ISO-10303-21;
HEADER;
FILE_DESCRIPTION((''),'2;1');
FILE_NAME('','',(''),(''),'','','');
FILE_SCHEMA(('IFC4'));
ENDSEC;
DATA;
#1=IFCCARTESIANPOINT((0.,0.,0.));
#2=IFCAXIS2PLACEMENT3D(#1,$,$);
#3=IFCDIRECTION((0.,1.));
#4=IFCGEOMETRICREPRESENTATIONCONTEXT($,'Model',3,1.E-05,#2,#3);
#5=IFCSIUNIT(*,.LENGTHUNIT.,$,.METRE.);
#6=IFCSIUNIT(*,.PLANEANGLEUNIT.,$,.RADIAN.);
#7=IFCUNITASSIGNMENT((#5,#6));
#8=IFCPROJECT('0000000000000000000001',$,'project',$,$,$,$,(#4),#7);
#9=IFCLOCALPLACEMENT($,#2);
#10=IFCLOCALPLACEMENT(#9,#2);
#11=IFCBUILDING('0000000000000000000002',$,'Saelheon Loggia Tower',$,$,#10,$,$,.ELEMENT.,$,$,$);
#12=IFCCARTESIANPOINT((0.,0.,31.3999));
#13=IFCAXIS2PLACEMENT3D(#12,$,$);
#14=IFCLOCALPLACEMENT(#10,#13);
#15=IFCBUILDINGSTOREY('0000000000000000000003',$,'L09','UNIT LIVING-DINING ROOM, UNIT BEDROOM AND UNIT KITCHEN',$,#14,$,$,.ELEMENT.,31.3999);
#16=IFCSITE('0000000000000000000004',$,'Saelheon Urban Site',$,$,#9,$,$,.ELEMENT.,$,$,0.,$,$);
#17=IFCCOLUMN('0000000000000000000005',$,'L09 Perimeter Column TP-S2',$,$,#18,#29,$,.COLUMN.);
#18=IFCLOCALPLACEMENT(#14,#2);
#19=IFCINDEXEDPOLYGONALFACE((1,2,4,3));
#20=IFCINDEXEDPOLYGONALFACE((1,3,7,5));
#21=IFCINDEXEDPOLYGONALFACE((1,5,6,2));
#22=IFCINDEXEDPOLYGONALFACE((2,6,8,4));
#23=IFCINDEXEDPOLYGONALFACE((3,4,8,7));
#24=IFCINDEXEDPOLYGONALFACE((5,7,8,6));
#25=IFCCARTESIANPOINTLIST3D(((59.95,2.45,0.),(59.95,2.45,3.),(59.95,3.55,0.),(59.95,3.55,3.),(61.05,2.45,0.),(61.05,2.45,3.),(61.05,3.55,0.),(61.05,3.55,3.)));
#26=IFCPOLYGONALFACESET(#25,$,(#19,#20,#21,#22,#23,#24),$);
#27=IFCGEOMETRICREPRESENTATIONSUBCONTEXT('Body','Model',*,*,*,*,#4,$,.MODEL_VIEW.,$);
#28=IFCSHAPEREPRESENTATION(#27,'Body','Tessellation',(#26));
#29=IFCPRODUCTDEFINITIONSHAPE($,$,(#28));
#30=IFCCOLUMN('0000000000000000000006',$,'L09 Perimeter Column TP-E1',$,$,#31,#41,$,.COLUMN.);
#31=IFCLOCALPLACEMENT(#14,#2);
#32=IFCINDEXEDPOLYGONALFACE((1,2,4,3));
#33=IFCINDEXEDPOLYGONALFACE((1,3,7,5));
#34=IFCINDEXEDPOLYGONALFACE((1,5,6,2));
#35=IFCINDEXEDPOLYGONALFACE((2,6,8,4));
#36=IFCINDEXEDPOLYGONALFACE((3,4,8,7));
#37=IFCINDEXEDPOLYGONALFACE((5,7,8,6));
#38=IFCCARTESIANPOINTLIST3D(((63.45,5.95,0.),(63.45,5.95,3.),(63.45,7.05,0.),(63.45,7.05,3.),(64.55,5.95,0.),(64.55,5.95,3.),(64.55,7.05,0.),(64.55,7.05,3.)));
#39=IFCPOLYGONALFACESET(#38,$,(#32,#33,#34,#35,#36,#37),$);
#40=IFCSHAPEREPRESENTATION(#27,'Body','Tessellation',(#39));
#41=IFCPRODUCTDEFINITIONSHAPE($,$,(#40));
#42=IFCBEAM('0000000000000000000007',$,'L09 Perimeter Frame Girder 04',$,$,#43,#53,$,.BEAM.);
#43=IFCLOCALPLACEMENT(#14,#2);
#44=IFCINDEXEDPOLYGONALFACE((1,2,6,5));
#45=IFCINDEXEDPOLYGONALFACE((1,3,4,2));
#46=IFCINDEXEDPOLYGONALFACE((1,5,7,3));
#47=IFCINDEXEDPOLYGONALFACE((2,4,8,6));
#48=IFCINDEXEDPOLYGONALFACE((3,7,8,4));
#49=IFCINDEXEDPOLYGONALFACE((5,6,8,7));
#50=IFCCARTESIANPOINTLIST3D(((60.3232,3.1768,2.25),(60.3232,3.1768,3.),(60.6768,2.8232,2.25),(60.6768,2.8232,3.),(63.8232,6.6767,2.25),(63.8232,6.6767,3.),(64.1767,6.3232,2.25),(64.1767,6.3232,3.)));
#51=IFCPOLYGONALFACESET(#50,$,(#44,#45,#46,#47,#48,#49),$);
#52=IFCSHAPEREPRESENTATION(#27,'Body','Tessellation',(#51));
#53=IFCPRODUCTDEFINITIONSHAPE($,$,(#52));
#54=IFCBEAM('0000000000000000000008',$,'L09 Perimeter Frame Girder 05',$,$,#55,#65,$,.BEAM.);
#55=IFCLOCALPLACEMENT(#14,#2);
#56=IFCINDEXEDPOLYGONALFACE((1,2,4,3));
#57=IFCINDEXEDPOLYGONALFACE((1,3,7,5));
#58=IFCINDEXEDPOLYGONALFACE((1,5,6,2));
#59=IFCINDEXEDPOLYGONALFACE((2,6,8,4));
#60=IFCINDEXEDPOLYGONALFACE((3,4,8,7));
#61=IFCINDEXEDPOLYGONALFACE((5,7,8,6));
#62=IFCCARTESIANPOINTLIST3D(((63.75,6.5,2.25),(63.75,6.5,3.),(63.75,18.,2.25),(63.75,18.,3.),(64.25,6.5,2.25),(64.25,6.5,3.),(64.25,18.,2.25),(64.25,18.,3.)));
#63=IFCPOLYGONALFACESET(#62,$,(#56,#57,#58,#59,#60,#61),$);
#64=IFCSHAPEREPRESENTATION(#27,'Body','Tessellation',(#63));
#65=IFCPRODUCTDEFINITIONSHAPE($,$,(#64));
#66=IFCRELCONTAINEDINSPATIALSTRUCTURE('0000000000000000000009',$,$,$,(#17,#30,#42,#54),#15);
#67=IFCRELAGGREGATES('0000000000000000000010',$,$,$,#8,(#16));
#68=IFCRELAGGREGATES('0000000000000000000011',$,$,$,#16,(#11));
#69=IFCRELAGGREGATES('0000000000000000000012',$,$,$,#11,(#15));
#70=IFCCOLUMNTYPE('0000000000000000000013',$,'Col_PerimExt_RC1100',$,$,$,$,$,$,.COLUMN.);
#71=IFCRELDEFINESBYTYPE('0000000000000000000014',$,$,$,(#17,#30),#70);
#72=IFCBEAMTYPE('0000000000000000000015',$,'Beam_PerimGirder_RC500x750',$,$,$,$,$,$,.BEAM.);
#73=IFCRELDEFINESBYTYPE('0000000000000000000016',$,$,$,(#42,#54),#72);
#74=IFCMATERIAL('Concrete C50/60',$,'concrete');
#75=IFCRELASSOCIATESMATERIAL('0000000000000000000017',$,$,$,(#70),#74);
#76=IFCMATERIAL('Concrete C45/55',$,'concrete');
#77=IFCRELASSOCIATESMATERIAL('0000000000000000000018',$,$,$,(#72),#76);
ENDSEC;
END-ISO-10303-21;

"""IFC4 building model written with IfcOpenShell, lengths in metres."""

from ifc_helpers import new_model, si_unit, direction, frame, origin, origin_2d, place, context, subcontext, project, spatial, rectangle, extrude, source, transform, mapped, material, material_profile, profile_set, type_object, element, save


model = new_model("IFC4")

# Units and contexts
model_context = context("Model", 3, precision=1e-05, world=origin(), true_north=direction((0.0, 1.0)))
body_context = subcontext(model_context, "Body", "Model", "MODEL_VIEW")
ifc_project = project(units=[si_unit("LENGTHUNIT", "METRE"), si_unit("PLANEANGLEUNIT", "RADIAN")], contexts=[model_context])

# Site, building, storey
site_placement = place(None, origin())
site = spatial("IfcSite", under=ifc_project, at=site_placement, Name="Saelheon Urban Site", CompositionType="ELEMENT", RefElevation=0.0)
building_placement = place(site_placement, origin())
building = spatial("IfcBuilding", under=site, at=building_placement, Name="Saelheon Loggia Tower", CompositionType="ELEMENT")
storey_placement = place(building_placement, frame((0.0, 0.0, 31.3999)))
storey = spatial("IfcBuildingStorey", under=building, at=storey_placement, Name="L09", Description="UNIT LIVING-DINING ROOM, UNIT BEDROOM AND UNIT KITCHEN", CompositionType="ELEMENT", Elevation=31.3999)

# Columns
ifc_material_1 = material(Name="Concrete C50/60", Category="concrete")
ifc_material_profile_1 = material_profile(ifc_material_1, rectangle(XDim=1.1001, YDim=1.1001, at=origin_2d()), Name="RC-1100x1100")
ifc_profile_set_1 = profile_set([ifc_material_profile_1], Name="Concrete C50/60")
column_type = type_object("IfcColumnType", Name="Col_PerimExt_RC1100", PredefinedType="COLUMN", material=ifc_profile_set_1)
shared_shape_1 = source(origin(), body_context, "Body", "SweptSolid", [
    extrude(rectangle(XDim=1.1001, YDim=1.1001, at=origin_2d()), origin(), (0.0, 0.0, 1.0), 3.0),
])
for number, where, z_axis, x_axis, name in (
    (1, (60.5, 3.0, 0.0), (0.0, 0.0, 1.0), (1.0, 0.0, 0.0), "L09 Perimeter Column TP-S2"),
    (2, (64.0, 6.5, 0.0), (0.0, 0.0, 1.0), (1.0, 0.0, 0.0), "L09 Perimeter Column TP-E1"),
):
    element("IfcColumn", number, at=place(storey_placement, frame(where, z_axis=z_axis, x_axis=x_axis)), inside=storey, type_object=column_type, Name=name, PredefinedType="COLUMN", context=body_context, shape_type="MappedRepresentation", body=[
        mapped(shared_shape_1, transform((0.0, 0.0, 0.0), scale=1.0)),
    ])

# Beams
ifc_material_2 = material(Name="Concrete C45/55", Category="concrete")
ifc_material_profile_2 = material_profile(ifc_material_2, rectangle(XDim=0.5, YDim=0.75, at=origin_2d()), Name="RC-500x750")
ifc_profile_set_2 = profile_set([ifc_material_profile_2], Name="Concrete C45/55")
beam_type = type_object("IfcBeamType", Name="Beam_PerimGirder_RC500x750", PredefinedType="BEAM", material=ifc_profile_set_2)
shared_shape_2 = source(origin(), body_context, "Body", "SweptSolid", [
    extrude(rectangle(XDim=0.5, YDim=0.75, at=origin_2d()), origin(), (0.0, 0.0, 1.0), 4.9497),
])
beam_1_placement = place(storey_placement, frame((60.5, 3.0, 2.625), z_axis=(0.707107, 0.707107, 0.0), x_axis=(-0.707107, 0.707107, 0.0)))
element("IfcBeam", 3, at=beam_1_placement, inside=storey, type_object=beam_type, Name="L09 Perimeter Frame Girder 04", PredefinedType="BEAM", context=body_context, shape_type="MappedRepresentation", body=[
    mapped(shared_shape_2, transform((0.0, 0.0, 0.0), scale=1.0)),
])
shared_shape_3 = source(origin(), body_context, "Body", "SweptSolid", [
    extrude(rectangle(XDim=0.5, YDim=0.75, at=origin_2d()), origin(), (0.0, 0.0, 1.0), 11.5),
])
beam_2_placement = place(storey_placement, frame((64.0, 6.5, 2.625), z_axis=(0.0, 1.0, 0.0), x_axis=(-1.0, 0.0, 0.0)))
element("IfcBeam", 4, at=beam_2_placement, inside=storey, type_object=beam_type, Name="L09 Perimeter Frame Girder 05", PredefinedType="BEAM", context=body_context, shape_type="MappedRepresentation", body=[
    mapped(shared_shape_3, transform((0.0, 0.0, 0.0), scale=1.0)),
])

save(model, "model.ifc")
